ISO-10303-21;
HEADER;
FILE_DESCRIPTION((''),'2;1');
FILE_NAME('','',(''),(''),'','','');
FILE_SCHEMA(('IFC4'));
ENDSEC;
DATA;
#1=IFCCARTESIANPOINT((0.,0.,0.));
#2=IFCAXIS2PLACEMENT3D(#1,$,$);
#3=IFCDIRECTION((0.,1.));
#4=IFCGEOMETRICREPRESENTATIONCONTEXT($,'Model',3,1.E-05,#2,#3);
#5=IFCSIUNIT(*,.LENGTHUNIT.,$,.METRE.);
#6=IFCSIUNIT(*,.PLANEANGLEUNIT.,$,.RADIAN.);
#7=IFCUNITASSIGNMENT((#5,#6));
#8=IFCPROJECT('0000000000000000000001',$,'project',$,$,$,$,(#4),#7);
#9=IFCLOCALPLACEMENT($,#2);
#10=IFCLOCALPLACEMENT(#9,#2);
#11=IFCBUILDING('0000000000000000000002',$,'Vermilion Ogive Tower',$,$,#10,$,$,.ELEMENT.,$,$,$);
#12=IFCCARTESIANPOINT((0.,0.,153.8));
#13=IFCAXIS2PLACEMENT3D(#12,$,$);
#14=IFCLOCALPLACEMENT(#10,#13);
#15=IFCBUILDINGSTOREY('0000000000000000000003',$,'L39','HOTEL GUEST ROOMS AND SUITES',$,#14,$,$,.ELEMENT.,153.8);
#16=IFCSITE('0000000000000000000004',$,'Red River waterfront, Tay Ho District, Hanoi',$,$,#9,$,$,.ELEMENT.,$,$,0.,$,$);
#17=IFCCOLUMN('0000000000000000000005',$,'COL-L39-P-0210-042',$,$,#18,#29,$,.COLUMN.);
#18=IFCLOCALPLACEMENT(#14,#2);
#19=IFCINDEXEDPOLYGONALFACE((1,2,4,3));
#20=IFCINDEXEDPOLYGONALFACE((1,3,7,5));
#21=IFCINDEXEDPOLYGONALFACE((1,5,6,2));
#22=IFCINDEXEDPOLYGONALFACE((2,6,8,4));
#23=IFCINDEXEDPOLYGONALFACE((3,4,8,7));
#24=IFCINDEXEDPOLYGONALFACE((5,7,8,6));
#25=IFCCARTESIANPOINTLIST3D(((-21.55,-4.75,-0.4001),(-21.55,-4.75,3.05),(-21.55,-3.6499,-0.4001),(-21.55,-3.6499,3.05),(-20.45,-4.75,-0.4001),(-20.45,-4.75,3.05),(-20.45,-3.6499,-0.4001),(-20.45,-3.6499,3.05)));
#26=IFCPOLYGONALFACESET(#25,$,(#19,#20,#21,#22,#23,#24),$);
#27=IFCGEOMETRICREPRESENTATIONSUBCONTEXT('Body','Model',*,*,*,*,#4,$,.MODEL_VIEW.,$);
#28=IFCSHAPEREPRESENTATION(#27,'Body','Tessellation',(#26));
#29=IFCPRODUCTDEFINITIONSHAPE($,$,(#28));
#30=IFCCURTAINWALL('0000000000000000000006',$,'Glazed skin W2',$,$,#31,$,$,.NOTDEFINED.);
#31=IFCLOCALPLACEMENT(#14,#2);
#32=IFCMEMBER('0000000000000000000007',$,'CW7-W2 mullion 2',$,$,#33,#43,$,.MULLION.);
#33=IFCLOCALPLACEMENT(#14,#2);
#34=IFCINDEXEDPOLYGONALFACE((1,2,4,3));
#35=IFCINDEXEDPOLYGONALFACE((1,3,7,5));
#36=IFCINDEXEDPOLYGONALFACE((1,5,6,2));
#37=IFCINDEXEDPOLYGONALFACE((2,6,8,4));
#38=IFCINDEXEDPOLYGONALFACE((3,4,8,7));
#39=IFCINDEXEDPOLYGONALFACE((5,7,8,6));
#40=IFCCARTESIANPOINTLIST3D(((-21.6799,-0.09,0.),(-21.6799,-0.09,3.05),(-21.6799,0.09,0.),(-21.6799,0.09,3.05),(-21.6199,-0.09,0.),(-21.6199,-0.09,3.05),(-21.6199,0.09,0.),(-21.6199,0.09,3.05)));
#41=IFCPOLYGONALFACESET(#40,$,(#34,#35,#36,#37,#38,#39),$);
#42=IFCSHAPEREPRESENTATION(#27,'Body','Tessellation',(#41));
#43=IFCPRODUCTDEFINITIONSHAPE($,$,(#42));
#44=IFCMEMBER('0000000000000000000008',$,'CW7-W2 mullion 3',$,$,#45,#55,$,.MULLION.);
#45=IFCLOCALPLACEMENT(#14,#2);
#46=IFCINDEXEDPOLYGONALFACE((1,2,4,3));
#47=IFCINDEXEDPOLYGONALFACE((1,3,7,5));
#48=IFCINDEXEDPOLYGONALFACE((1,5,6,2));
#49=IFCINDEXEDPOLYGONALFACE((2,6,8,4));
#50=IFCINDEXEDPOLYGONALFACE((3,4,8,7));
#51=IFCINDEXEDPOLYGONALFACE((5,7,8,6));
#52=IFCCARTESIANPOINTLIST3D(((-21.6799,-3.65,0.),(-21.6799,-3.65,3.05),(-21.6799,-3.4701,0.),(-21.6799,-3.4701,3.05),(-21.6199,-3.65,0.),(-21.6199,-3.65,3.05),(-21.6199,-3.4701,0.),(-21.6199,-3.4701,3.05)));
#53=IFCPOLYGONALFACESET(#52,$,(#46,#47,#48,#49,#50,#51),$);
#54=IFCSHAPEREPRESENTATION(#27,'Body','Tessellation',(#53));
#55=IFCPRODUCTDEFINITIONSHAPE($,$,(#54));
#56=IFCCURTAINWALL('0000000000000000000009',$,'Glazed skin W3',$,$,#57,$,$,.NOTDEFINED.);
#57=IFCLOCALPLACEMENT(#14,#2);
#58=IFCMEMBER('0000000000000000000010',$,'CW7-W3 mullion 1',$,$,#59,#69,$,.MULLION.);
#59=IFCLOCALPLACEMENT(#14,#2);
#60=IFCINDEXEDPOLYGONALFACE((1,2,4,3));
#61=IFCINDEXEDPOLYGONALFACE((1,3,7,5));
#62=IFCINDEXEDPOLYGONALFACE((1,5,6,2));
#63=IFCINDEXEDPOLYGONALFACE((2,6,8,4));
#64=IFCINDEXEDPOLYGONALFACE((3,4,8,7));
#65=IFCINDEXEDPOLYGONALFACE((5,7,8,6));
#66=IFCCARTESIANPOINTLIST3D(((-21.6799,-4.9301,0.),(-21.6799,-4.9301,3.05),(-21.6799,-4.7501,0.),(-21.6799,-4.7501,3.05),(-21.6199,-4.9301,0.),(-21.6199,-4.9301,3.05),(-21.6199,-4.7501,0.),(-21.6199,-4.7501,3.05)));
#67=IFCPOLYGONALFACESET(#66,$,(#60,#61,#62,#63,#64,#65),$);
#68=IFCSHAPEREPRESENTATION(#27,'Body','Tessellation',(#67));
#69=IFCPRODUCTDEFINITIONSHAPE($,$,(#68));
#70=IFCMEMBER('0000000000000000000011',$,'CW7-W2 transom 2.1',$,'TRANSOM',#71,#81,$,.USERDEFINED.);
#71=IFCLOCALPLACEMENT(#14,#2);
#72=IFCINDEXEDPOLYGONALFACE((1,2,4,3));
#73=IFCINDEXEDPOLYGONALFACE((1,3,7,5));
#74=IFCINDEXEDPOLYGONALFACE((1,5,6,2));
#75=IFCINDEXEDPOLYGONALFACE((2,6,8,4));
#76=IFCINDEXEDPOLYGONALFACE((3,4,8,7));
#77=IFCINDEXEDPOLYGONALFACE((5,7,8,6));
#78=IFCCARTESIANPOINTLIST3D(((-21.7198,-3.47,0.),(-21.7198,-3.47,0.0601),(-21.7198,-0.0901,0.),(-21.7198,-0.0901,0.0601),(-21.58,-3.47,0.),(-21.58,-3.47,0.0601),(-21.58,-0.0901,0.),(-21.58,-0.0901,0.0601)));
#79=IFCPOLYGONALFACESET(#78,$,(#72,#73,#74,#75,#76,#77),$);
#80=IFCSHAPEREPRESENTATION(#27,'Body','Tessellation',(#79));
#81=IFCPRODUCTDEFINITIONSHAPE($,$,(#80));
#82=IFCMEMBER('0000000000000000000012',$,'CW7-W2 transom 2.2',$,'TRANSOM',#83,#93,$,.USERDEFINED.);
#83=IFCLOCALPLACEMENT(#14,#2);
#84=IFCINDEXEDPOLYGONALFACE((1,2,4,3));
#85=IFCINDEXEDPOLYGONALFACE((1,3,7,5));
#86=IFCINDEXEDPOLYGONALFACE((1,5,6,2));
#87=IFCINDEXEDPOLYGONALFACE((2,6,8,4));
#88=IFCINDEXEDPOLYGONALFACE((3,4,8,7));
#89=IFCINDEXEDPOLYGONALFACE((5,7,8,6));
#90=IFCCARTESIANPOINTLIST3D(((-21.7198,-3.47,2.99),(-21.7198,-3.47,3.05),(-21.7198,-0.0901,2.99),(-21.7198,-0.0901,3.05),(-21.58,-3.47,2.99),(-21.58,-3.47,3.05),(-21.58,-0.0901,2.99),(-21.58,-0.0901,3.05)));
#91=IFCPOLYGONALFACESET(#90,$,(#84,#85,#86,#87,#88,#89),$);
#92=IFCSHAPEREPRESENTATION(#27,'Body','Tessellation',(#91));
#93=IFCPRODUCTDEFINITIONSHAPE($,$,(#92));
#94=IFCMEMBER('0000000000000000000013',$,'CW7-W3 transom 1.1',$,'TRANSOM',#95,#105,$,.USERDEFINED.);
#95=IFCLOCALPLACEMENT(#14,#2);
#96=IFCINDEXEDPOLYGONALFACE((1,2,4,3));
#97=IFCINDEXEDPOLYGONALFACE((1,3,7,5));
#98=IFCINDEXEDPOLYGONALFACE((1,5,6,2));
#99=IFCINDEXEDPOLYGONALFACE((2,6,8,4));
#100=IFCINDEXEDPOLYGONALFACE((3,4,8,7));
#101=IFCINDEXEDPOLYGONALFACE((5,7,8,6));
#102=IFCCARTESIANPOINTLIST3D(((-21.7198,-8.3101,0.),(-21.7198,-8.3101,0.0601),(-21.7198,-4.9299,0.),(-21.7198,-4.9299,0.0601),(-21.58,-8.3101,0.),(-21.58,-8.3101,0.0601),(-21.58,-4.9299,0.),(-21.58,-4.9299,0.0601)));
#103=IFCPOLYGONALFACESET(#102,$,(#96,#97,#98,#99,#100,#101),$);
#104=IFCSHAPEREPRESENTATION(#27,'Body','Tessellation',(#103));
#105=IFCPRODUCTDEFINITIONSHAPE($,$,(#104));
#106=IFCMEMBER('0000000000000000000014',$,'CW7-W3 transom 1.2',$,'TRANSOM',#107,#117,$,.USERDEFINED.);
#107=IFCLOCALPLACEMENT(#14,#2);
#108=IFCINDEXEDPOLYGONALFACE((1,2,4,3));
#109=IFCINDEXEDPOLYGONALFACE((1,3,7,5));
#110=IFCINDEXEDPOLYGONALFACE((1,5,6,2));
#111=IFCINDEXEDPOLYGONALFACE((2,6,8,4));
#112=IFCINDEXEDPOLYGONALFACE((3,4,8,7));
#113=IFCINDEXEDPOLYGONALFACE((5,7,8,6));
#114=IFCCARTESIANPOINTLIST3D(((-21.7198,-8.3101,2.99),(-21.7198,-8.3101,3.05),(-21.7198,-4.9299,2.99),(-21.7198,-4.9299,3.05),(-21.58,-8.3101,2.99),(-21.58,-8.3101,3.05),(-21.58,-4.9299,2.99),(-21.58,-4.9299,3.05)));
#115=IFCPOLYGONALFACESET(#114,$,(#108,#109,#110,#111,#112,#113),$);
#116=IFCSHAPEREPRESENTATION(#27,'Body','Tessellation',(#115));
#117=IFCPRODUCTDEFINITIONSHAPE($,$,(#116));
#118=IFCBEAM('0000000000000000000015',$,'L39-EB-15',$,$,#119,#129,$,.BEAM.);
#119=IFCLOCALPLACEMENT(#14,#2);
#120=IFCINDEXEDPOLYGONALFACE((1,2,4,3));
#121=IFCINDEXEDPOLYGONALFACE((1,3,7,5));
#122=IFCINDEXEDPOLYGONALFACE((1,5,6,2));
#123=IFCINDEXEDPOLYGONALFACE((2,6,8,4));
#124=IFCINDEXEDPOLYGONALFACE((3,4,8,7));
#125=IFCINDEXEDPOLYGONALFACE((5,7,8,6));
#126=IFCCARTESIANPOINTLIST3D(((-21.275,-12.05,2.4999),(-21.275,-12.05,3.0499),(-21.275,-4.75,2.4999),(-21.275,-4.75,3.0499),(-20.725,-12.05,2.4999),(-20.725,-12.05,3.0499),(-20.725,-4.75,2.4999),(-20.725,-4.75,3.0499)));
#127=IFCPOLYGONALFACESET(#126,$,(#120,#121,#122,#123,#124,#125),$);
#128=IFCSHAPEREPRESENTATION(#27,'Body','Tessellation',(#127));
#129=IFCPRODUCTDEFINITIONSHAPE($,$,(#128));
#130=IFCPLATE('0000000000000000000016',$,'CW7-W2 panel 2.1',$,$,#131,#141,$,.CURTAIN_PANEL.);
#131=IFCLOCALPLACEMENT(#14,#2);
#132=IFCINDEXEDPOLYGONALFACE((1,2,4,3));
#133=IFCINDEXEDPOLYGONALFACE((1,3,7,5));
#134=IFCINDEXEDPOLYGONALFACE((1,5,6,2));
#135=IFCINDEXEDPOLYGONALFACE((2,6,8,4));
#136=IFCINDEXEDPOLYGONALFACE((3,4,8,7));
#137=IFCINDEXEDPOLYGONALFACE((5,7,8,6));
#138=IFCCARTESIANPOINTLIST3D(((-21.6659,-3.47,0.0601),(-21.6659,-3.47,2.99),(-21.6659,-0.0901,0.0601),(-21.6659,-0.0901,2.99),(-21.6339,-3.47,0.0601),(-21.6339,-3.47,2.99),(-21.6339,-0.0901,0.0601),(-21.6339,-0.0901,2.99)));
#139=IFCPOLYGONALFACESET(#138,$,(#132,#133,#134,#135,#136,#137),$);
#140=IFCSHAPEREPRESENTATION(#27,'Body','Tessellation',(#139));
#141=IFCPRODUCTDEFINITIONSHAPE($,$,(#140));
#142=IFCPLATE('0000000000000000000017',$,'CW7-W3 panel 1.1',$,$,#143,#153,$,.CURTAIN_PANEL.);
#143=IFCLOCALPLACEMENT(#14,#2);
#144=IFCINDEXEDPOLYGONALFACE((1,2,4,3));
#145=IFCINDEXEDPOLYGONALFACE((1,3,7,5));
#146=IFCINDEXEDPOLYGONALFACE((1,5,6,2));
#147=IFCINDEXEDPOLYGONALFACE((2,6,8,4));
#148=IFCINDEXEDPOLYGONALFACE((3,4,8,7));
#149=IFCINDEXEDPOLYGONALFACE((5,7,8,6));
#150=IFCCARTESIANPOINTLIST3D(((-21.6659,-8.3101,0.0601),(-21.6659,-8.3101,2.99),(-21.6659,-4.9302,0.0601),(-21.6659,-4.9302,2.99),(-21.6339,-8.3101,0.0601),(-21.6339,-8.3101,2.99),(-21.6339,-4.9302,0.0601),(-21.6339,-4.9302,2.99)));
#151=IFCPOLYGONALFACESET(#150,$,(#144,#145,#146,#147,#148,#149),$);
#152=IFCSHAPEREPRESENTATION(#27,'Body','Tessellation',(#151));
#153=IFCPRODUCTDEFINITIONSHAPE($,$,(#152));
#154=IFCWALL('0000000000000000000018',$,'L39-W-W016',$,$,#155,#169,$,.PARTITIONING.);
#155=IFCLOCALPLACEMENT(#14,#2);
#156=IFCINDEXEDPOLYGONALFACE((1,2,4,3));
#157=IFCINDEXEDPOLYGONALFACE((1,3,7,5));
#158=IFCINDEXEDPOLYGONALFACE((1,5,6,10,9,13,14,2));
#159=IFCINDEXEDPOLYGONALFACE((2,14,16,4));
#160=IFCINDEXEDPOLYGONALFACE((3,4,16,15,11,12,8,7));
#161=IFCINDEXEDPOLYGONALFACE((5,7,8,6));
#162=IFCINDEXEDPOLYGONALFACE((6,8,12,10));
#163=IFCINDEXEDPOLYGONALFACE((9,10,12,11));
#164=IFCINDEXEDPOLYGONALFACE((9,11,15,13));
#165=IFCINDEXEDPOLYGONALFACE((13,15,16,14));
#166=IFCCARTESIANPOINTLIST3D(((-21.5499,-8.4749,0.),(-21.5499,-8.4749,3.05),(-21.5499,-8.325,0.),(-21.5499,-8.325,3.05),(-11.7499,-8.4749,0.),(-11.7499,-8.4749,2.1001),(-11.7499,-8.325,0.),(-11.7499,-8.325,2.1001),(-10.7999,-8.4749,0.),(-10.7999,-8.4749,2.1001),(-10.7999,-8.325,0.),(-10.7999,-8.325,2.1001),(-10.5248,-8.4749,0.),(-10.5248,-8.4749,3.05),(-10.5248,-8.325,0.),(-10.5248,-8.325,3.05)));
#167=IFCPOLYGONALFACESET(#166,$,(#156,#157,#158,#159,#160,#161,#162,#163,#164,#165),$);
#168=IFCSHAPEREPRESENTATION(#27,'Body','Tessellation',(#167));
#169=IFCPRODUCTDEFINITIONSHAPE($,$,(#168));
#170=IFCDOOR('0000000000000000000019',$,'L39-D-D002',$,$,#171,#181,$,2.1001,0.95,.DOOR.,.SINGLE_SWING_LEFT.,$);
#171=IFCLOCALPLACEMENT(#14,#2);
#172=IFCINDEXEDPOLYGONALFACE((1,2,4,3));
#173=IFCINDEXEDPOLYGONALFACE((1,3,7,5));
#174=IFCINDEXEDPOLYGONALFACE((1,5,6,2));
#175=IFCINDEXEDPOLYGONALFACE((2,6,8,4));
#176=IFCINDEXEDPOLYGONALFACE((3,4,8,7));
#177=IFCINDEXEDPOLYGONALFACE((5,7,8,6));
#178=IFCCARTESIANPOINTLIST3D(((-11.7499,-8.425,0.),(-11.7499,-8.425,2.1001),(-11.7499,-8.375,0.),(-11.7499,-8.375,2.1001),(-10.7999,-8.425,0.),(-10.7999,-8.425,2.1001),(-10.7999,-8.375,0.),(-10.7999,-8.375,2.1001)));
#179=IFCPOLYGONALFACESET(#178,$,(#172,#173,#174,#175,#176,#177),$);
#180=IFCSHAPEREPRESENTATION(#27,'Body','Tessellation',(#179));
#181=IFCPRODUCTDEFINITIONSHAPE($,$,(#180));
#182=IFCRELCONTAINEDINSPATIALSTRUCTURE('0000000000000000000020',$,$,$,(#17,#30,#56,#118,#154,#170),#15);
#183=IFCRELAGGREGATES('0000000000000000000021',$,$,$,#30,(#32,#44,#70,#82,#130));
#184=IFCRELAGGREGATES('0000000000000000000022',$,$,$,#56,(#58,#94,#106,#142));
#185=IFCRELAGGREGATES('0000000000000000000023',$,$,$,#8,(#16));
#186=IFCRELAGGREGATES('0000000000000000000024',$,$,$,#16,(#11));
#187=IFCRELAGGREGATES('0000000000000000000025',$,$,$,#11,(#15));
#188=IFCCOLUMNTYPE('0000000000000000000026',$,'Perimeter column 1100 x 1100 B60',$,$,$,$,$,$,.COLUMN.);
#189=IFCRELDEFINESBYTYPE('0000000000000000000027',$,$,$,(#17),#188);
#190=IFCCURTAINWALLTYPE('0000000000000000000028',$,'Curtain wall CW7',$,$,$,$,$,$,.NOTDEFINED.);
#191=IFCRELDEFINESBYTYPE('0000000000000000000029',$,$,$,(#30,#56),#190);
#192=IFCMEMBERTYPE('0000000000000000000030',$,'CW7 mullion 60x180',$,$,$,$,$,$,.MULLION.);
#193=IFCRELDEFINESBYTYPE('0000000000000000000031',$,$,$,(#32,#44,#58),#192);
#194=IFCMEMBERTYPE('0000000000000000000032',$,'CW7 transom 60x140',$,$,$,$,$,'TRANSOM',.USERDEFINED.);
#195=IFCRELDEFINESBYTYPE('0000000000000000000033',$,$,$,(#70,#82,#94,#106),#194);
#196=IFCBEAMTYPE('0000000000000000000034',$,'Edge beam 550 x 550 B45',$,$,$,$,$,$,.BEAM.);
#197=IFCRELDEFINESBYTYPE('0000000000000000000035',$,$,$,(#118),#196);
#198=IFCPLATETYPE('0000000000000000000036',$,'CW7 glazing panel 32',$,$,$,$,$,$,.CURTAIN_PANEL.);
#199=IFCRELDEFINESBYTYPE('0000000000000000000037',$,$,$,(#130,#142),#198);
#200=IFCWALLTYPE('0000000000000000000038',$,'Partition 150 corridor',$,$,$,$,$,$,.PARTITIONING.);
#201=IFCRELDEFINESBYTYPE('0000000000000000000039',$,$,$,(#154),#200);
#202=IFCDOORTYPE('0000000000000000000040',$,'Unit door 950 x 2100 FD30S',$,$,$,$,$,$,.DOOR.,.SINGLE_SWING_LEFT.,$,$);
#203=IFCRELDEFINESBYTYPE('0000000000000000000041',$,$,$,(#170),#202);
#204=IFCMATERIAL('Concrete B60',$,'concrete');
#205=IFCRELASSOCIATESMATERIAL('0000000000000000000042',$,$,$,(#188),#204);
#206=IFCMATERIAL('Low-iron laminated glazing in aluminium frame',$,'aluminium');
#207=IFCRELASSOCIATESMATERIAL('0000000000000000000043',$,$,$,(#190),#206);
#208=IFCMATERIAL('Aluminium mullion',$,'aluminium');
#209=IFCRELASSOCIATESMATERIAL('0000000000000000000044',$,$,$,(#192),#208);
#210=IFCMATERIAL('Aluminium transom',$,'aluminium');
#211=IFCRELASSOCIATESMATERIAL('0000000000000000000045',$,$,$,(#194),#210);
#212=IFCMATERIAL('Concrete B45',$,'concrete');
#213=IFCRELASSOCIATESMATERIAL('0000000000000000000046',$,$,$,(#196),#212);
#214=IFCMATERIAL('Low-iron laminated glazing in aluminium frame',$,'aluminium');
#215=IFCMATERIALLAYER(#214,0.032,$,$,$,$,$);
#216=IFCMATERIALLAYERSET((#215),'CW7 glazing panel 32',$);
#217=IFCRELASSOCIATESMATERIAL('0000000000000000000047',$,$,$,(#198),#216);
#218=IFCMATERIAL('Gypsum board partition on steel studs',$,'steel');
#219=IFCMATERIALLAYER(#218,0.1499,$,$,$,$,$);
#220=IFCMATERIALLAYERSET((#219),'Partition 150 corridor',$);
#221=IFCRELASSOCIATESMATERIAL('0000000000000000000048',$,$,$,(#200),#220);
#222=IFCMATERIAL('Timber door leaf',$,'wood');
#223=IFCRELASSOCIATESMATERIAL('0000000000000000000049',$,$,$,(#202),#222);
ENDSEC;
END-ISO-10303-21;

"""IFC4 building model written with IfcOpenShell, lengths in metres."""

from ifc_helpers import new_model, si_unit, direction, frame, frame_2d, origin, origin_2d, place, context, subcontext, project, spatial, rectangle, extrude, material, layer, layer_set, material_profile, profile_set, type_object, element, fill, aggregate, save


model = new_model("IFC4")

# Units and contexts
model_context = context("Model", 3, precision=1e-05, world=origin(), true_north=direction((0.0, 1.0)))
body_context = subcontext(model_context, "Body", "Model", "MODEL_VIEW")
ifc_project = project(units=[si_unit("LENGTHUNIT", "METRE"), si_unit("PLANEANGLEUNIT", "RADIAN")], contexts=[model_context])

# Site, building, storey
site_placement = place(None, origin())
site = spatial("IfcSite", under=ifc_project, at=site_placement, Name="Red River waterfront, Tay Ho District, Hanoi", CompositionType="ELEMENT", RefElevation=0.0)
building_placement = place(site_placement, origin())
building = spatial("IfcBuilding", under=site, at=building_placement, Name="Vermilion Ogive Tower", CompositionType="ELEMENT")
storey_placement = place(building_placement, frame((0.0, 0.0, 153.8)))
storey = spatial("IfcBuildingStorey", under=building, at=storey_placement, Name="L39", Description="HOTEL GUEST ROOMS AND SUITES", CompositionType="ELEMENT", Elevation=153.8)

# Column
ifc_material_1 = material(Name="Concrete B60", Category="concrete")
ifc_material_profile_1 = material_profile(ifc_material_1, rectangle(XDim=1.1001, YDim=1.1001, at=origin_2d()), Name="1100 x 1100")
ifc_profile_set_1 = profile_set([ifc_material_profile_1], Name="Concrete B60")
column_type = type_object("IfcColumnType", Name="Perimeter column 1100 x 1100 B60", PredefinedType="COLUMN", material=ifc_profile_set_1)
column_placement = place(storey_placement, frame((-21.0, -4.2, -0.4001), z_axis=(0.0, 0.0, 1.0), x_axis=(1.0, 0.0, 0.0)))
element("IfcColumn", 1, at=column_placement, inside=storey, type_object=column_type, Name="COL-L39-P-0210-042", PredefinedType="COLUMN", context=body_context, shape_type="SweptSolid", body=[
    extrude(rectangle(XDim=1.1001, YDim=1.1001, at=origin_2d()), origin(), (0.0, 0.0, 1.0), 3.4502),
])

# Curtain wall, members
ifc_material_2 = material(Name="Low-iron laminated glazing in aluminium frame", Category="aluminium")
curtain_wall_type = type_object("IfcCurtainWallType", Name="Curtain wall CW7", PredefinedType="NOTDEFINED", material=ifc_material_2)
curtain_wall_1_placement = place(storey_placement, origin())
curtain_wall_1 = element("IfcCurtainWall", 2, at=curtain_wall_1_placement, inside=storey, type_object=curtain_wall_type, Name="Glazed skin W2", PredefinedType="NOTDEFINED")
ifc_material_3 = material(Name="Aluminium mullion", Category="aluminium")
ifc_material_profile_2 = material_profile(ifc_material_3, rectangle(XDim=0.0601, YDim=0.1799, at=origin_2d()), Name="AL 60x180")
ifc_profile_set_2 = profile_set([ifc_material_profile_2], Name="Aluminium mullion")
member_type_1 = type_object("IfcMemberType", Name="CW7 mullion 60x180", PredefinedType="MULLION", material=ifc_profile_set_2)
member_1_placement = place(storey_placement, frame((-21.6499, 0.0, 0.0), z_axis=(0.0, 0.0, 1.0), x_axis=(1.0, 0.0, 0.0)))
member_1 = element("IfcMember", 3, at=member_1_placement, type_object=member_type_1, Name="CW7-W2 mullion 2", PredefinedType="MULLION", context=body_context, shape_type="SweptSolid", body=[
    extrude(rectangle(XDim=0.0601, YDim=0.1799, at=origin_2d()), origin(), (0.0, 0.0, 1.0), 3.05),
])
member_2_placement = place(storey_placement, frame((-21.6499, -3.5601, 0.0), z_axis=(0.0, 0.0, 1.0), x_axis=(1.0, 0.0, 0.0)))
member_2 = element("IfcMember", 4, at=member_2_placement, type_object=member_type_1, Name="CW7-W2 mullion 3", PredefinedType="MULLION", context=body_context, shape_type="SweptSolid", body=[
    extrude(rectangle(XDim=0.0601, YDim=0.1799, at=origin_2d()), origin(), (0.0, 0.0, 1.0), 3.05),
])

# Curtain wall, member
curtain_wall_2_placement = place(storey_placement, origin())
curtain_wall_2 = element("IfcCurtainWall", 5, at=curtain_wall_2_placement, inside=storey, type_object=curtain_wall_type, Name="Glazed skin W3", PredefinedType="NOTDEFINED")
member_3_placement = place(storey_placement, frame((-21.6499, -4.8401, 0.0), z_axis=(0.0, 0.0, 1.0), x_axis=(1.0, 0.0, 0.0)))
member_3 = element("IfcMember", 6, at=member_3_placement, type_object=member_type_1, Name="CW7-W3 mullion 1", PredefinedType="MULLION", context=body_context, shape_type="SweptSolid", body=[
    extrude(rectangle(XDim=0.0601, YDim=0.1799, at=origin_2d()), origin(), (0.0, 0.0, 1.0), 3.05),
])

# Members
ifc_material_4 = material(Name="Aluminium transom", Category="aluminium")
ifc_material_profile_3 = material_profile(ifc_material_4, rectangle(XDim=0.1399, YDim=0.0601, at=origin_2d()), Name="AL 60x140")
ifc_profile_set_3 = profile_set([ifc_material_profile_3], Name="Aluminium transom")
member_type_2 = type_object("IfcMemberType", Name="CW7 transom 60x140", ElementType="TRANSOM", PredefinedType="USERDEFINED", material=ifc_profile_set_3)
member_4_placement = place(storey_placement, frame((-21.6499, -0.0901, 0.03), z_axis=(0.0, -1.0, 0.0), x_axis=(1.0, 0.0, 0.0)))
member_4 = element("IfcMember", 7, at=member_4_placement, type_object=member_type_2, Name="CW7-W2 transom 2.1", ObjectType="TRANSOM", PredefinedType="USERDEFINED", context=body_context, shape_type="SweptSolid", body=[
    extrude(rectangle(XDim=0.1399, YDim=0.0601, at=origin_2d()), origin(), (0.0, 0.0, 1.0), 3.3799),
])
member_5_placement = place(storey_placement, frame((-21.6499, -0.0901, 3.02), z_axis=(0.0, -1.0, 0.0), x_axis=(1.0, 0.0, 0.0)))
member_5 = element("IfcMember", 8, at=member_5_placement, type_object=member_type_2, Name="CW7-W2 transom 2.2", ObjectType="TRANSOM", PredefinedType="USERDEFINED", context=body_context, shape_type="SweptSolid", body=[
    extrude(rectangle(XDim=0.1399, YDim=0.0601, at=origin_2d()), origin(), (0.0, 0.0, 1.0), 3.3799),
])
member_6_placement = place(storey_placement, frame((-21.6499, -4.9299, 0.03), z_axis=(0.0, -1.0, 0.0), x_axis=(1.0, 0.0, 0.0)))
member_6 = element("IfcMember", 9, at=member_6_placement, type_object=member_type_2, Name="CW7-W3 transom 1.1", ObjectType="TRANSOM", PredefinedType="USERDEFINED", context=body_context, shape_type="SweptSolid", body=[
    extrude(rectangle(XDim=0.1399, YDim=0.0601, at=origin_2d()), origin(), (0.0, 0.0, 1.0), 3.3801),
])
member_7_placement = place(storey_placement, frame((-21.6499, -4.9299, 3.02), z_axis=(0.0, -1.0, 0.0), x_axis=(1.0, 0.0, 0.0)))
member_7 = element("IfcMember", 10, at=member_7_placement, type_object=member_type_2, Name="CW7-W3 transom 1.2", ObjectType="TRANSOM", PredefinedType="USERDEFINED", context=body_context, shape_type="SweptSolid", body=[
    extrude(rectangle(XDim=0.1399, YDim=0.0601, at=origin_2d()), origin(), (0.0, 0.0, 1.0), 3.3801),
])

# Beam
ifc_material_5 = material(Name="Concrete B45", Category="concrete")
ifc_material_profile_4 = material_profile(ifc_material_5, rectangle(XDim=0.55, YDim=0.55, at=origin_2d()), Name="550 x 550")
ifc_profile_set_4 = profile_set([ifc_material_profile_4], Name="Concrete B45")
beam_type = type_object("IfcBeamType", Name="Edge beam 550 x 550 B45", PredefinedType="BEAM", material=ifc_profile_set_4)
beam_placement = place(storey_placement, frame((-21.0, -4.75, 2.7749), z_axis=(0.0, -1.0, 0.0), x_axis=(1.0, 0.0, 0.0)))
element("IfcBeam", 11, at=beam_placement, inside=storey, type_object=beam_type, Name="L39-EB-15", PredefinedType="BEAM", context=body_context, shape_type="SweptSolid", body=[
    extrude(rectangle(XDim=0.55, YDim=0.55, at=origin_2d()), origin(), (0.0, 0.0, 1.0), 7.3),
])

# Plates
ifc_material_6 = material(Name="Low-iron laminated glazing in aluminium frame", Category="aluminium")
ifc_layer_1 = layer(ifc_material_6, 0.032)
ifc_layer_set_1 = layer_set([ifc_layer_1], Name="CW7 glazing panel 32")
plate_type = type_object("IfcPlateType", Name="CW7 glazing panel 32", PredefinedType="CURTAIN_PANEL", material=ifc_layer_set_1)
plate_1_placement = place(storey_placement, frame((-21.6499, -1.78, 0.0601), z_axis=(0.0, 0.0, 1.0), x_axis=(0.0, -1.0, 0.0)))
plate_1 = element("IfcPlate", 12, at=plate_1_placement, type_object=plate_type, Name="CW7-W2 panel 2.1", PredefinedType="CURTAIN_PANEL", context=body_context, shape_type="SweptSolid", body=[
    extrude(rectangle(XDim=3.3799, YDim=0.032, at=origin_2d()), origin(), (0.0, 0.0, 1.0), 2.9299),
])
aggregate(curtain_wall_1, [member_1, member_2, member_4, member_5, plate_1])
plate_2_placement = place(storey_placement, frame((-21.6499, -6.6201, 0.0601), z_axis=(0.0, 0.0, 1.0), x_axis=(0.0, -1.0, 0.0)))
plate_2 = element("IfcPlate", 13, at=plate_2_placement, type_object=plate_type, Name="CW7-W3 panel 1.1", PredefinedType="CURTAIN_PANEL", context=body_context, shape_type="SweptSolid", body=[
    extrude(rectangle(XDim=3.3799, YDim=0.032, at=origin_2d()), origin(), (0.0, 0.0, 1.0), 2.9299),
])
aggregate(curtain_wall_2, [member_3, member_6, member_7, plate_2])

# Wall, opening, door
ifc_material_7 = material(Name="Gypsum board partition on steel studs", Category="steel")
ifc_layer_2 = layer(ifc_material_7, 0.1499)
ifc_layer_set_2 = layer_set([ifc_layer_2], Name="Partition 150 corridor")
wall_type_1 = type_object("IfcWallType", Name="Partition 150 corridor", PredefinedType="PARTITIONING", material=ifc_layer_set_2)
wall_1_placement = place(storey_placement, frame((-21.55, -8.3999, 0.0), z_axis=(0.0, 0.0, 1.0), x_axis=(1.0, 0.0, 0.0)))
wall_1 = element("IfcWall", 14, at=wall_1_placement, inside=storey, type_object=wall_type_1, Name="L39-W-W016", PredefinedType="PARTITIONING", context=body_context, shape_type="SweptSolid", body=[
    extrude(rectangle(XDim=11.0251, YDim=0.1499, at=frame_2d((5.5127, 0.0))), origin(), (0.0, 0.0, 1.0), 3.05),
])
opening_1_placement = place(wall_1_placement, frame((9.8, 0.0, 0.0)))
opening_1 = element("IfcOpeningElement", 15, at=opening_1_placement, cuts=wall_1, PredefinedType="OPENING", context=body_context, shape_type="SweptSolid", body=[
    extrude(rectangle(XDim=0.95, YDim=2.1001, at=frame_2d((0.4751, 1.05))), frame((0.0, 0.085, 0.0), z_axis=(0.0, -1.0, 0.0), x_axis=(1.0, 0.0, 0.0)), (0.0, 0.0, 1.0), 0.1699),
])
ifc_material_8 = material(Name="Timber door leaf", Category="wood")
door_type_1 = type_object("IfcDoorType", Name="Unit door 950 x 2100 FD30S", OperationType="SINGLE_SWING_LEFT", PredefinedType="DOOR", material=ifc_material_8)
door_1_placement = place(opening_1_placement, origin())
door_1 = element("IfcDoor", 16, at=door_1_placement, inside=storey, type_object=door_type_1, Name="L39-D-D002", OperationType="SINGLE_SWING_LEFT", OverallHeight=2.1001, OverallWidth=0.95, PredefinedType="DOOR", context=body_context, shape_type="SweptSolid", body=[
    extrude(rectangle(XDim=0.95, YDim=2.1001, at=frame_2d((0.4751, 1.05))), frame((0.0, 0.0249, 0.0), z_axis=(0.0, -1.0, 0.0), x_axis=(1.0, 0.0, 0.0)), (0.0, 0.0, 1.0), 0.05),
])
fill(opening_1, door_1)

save(model, "model.ifc")
